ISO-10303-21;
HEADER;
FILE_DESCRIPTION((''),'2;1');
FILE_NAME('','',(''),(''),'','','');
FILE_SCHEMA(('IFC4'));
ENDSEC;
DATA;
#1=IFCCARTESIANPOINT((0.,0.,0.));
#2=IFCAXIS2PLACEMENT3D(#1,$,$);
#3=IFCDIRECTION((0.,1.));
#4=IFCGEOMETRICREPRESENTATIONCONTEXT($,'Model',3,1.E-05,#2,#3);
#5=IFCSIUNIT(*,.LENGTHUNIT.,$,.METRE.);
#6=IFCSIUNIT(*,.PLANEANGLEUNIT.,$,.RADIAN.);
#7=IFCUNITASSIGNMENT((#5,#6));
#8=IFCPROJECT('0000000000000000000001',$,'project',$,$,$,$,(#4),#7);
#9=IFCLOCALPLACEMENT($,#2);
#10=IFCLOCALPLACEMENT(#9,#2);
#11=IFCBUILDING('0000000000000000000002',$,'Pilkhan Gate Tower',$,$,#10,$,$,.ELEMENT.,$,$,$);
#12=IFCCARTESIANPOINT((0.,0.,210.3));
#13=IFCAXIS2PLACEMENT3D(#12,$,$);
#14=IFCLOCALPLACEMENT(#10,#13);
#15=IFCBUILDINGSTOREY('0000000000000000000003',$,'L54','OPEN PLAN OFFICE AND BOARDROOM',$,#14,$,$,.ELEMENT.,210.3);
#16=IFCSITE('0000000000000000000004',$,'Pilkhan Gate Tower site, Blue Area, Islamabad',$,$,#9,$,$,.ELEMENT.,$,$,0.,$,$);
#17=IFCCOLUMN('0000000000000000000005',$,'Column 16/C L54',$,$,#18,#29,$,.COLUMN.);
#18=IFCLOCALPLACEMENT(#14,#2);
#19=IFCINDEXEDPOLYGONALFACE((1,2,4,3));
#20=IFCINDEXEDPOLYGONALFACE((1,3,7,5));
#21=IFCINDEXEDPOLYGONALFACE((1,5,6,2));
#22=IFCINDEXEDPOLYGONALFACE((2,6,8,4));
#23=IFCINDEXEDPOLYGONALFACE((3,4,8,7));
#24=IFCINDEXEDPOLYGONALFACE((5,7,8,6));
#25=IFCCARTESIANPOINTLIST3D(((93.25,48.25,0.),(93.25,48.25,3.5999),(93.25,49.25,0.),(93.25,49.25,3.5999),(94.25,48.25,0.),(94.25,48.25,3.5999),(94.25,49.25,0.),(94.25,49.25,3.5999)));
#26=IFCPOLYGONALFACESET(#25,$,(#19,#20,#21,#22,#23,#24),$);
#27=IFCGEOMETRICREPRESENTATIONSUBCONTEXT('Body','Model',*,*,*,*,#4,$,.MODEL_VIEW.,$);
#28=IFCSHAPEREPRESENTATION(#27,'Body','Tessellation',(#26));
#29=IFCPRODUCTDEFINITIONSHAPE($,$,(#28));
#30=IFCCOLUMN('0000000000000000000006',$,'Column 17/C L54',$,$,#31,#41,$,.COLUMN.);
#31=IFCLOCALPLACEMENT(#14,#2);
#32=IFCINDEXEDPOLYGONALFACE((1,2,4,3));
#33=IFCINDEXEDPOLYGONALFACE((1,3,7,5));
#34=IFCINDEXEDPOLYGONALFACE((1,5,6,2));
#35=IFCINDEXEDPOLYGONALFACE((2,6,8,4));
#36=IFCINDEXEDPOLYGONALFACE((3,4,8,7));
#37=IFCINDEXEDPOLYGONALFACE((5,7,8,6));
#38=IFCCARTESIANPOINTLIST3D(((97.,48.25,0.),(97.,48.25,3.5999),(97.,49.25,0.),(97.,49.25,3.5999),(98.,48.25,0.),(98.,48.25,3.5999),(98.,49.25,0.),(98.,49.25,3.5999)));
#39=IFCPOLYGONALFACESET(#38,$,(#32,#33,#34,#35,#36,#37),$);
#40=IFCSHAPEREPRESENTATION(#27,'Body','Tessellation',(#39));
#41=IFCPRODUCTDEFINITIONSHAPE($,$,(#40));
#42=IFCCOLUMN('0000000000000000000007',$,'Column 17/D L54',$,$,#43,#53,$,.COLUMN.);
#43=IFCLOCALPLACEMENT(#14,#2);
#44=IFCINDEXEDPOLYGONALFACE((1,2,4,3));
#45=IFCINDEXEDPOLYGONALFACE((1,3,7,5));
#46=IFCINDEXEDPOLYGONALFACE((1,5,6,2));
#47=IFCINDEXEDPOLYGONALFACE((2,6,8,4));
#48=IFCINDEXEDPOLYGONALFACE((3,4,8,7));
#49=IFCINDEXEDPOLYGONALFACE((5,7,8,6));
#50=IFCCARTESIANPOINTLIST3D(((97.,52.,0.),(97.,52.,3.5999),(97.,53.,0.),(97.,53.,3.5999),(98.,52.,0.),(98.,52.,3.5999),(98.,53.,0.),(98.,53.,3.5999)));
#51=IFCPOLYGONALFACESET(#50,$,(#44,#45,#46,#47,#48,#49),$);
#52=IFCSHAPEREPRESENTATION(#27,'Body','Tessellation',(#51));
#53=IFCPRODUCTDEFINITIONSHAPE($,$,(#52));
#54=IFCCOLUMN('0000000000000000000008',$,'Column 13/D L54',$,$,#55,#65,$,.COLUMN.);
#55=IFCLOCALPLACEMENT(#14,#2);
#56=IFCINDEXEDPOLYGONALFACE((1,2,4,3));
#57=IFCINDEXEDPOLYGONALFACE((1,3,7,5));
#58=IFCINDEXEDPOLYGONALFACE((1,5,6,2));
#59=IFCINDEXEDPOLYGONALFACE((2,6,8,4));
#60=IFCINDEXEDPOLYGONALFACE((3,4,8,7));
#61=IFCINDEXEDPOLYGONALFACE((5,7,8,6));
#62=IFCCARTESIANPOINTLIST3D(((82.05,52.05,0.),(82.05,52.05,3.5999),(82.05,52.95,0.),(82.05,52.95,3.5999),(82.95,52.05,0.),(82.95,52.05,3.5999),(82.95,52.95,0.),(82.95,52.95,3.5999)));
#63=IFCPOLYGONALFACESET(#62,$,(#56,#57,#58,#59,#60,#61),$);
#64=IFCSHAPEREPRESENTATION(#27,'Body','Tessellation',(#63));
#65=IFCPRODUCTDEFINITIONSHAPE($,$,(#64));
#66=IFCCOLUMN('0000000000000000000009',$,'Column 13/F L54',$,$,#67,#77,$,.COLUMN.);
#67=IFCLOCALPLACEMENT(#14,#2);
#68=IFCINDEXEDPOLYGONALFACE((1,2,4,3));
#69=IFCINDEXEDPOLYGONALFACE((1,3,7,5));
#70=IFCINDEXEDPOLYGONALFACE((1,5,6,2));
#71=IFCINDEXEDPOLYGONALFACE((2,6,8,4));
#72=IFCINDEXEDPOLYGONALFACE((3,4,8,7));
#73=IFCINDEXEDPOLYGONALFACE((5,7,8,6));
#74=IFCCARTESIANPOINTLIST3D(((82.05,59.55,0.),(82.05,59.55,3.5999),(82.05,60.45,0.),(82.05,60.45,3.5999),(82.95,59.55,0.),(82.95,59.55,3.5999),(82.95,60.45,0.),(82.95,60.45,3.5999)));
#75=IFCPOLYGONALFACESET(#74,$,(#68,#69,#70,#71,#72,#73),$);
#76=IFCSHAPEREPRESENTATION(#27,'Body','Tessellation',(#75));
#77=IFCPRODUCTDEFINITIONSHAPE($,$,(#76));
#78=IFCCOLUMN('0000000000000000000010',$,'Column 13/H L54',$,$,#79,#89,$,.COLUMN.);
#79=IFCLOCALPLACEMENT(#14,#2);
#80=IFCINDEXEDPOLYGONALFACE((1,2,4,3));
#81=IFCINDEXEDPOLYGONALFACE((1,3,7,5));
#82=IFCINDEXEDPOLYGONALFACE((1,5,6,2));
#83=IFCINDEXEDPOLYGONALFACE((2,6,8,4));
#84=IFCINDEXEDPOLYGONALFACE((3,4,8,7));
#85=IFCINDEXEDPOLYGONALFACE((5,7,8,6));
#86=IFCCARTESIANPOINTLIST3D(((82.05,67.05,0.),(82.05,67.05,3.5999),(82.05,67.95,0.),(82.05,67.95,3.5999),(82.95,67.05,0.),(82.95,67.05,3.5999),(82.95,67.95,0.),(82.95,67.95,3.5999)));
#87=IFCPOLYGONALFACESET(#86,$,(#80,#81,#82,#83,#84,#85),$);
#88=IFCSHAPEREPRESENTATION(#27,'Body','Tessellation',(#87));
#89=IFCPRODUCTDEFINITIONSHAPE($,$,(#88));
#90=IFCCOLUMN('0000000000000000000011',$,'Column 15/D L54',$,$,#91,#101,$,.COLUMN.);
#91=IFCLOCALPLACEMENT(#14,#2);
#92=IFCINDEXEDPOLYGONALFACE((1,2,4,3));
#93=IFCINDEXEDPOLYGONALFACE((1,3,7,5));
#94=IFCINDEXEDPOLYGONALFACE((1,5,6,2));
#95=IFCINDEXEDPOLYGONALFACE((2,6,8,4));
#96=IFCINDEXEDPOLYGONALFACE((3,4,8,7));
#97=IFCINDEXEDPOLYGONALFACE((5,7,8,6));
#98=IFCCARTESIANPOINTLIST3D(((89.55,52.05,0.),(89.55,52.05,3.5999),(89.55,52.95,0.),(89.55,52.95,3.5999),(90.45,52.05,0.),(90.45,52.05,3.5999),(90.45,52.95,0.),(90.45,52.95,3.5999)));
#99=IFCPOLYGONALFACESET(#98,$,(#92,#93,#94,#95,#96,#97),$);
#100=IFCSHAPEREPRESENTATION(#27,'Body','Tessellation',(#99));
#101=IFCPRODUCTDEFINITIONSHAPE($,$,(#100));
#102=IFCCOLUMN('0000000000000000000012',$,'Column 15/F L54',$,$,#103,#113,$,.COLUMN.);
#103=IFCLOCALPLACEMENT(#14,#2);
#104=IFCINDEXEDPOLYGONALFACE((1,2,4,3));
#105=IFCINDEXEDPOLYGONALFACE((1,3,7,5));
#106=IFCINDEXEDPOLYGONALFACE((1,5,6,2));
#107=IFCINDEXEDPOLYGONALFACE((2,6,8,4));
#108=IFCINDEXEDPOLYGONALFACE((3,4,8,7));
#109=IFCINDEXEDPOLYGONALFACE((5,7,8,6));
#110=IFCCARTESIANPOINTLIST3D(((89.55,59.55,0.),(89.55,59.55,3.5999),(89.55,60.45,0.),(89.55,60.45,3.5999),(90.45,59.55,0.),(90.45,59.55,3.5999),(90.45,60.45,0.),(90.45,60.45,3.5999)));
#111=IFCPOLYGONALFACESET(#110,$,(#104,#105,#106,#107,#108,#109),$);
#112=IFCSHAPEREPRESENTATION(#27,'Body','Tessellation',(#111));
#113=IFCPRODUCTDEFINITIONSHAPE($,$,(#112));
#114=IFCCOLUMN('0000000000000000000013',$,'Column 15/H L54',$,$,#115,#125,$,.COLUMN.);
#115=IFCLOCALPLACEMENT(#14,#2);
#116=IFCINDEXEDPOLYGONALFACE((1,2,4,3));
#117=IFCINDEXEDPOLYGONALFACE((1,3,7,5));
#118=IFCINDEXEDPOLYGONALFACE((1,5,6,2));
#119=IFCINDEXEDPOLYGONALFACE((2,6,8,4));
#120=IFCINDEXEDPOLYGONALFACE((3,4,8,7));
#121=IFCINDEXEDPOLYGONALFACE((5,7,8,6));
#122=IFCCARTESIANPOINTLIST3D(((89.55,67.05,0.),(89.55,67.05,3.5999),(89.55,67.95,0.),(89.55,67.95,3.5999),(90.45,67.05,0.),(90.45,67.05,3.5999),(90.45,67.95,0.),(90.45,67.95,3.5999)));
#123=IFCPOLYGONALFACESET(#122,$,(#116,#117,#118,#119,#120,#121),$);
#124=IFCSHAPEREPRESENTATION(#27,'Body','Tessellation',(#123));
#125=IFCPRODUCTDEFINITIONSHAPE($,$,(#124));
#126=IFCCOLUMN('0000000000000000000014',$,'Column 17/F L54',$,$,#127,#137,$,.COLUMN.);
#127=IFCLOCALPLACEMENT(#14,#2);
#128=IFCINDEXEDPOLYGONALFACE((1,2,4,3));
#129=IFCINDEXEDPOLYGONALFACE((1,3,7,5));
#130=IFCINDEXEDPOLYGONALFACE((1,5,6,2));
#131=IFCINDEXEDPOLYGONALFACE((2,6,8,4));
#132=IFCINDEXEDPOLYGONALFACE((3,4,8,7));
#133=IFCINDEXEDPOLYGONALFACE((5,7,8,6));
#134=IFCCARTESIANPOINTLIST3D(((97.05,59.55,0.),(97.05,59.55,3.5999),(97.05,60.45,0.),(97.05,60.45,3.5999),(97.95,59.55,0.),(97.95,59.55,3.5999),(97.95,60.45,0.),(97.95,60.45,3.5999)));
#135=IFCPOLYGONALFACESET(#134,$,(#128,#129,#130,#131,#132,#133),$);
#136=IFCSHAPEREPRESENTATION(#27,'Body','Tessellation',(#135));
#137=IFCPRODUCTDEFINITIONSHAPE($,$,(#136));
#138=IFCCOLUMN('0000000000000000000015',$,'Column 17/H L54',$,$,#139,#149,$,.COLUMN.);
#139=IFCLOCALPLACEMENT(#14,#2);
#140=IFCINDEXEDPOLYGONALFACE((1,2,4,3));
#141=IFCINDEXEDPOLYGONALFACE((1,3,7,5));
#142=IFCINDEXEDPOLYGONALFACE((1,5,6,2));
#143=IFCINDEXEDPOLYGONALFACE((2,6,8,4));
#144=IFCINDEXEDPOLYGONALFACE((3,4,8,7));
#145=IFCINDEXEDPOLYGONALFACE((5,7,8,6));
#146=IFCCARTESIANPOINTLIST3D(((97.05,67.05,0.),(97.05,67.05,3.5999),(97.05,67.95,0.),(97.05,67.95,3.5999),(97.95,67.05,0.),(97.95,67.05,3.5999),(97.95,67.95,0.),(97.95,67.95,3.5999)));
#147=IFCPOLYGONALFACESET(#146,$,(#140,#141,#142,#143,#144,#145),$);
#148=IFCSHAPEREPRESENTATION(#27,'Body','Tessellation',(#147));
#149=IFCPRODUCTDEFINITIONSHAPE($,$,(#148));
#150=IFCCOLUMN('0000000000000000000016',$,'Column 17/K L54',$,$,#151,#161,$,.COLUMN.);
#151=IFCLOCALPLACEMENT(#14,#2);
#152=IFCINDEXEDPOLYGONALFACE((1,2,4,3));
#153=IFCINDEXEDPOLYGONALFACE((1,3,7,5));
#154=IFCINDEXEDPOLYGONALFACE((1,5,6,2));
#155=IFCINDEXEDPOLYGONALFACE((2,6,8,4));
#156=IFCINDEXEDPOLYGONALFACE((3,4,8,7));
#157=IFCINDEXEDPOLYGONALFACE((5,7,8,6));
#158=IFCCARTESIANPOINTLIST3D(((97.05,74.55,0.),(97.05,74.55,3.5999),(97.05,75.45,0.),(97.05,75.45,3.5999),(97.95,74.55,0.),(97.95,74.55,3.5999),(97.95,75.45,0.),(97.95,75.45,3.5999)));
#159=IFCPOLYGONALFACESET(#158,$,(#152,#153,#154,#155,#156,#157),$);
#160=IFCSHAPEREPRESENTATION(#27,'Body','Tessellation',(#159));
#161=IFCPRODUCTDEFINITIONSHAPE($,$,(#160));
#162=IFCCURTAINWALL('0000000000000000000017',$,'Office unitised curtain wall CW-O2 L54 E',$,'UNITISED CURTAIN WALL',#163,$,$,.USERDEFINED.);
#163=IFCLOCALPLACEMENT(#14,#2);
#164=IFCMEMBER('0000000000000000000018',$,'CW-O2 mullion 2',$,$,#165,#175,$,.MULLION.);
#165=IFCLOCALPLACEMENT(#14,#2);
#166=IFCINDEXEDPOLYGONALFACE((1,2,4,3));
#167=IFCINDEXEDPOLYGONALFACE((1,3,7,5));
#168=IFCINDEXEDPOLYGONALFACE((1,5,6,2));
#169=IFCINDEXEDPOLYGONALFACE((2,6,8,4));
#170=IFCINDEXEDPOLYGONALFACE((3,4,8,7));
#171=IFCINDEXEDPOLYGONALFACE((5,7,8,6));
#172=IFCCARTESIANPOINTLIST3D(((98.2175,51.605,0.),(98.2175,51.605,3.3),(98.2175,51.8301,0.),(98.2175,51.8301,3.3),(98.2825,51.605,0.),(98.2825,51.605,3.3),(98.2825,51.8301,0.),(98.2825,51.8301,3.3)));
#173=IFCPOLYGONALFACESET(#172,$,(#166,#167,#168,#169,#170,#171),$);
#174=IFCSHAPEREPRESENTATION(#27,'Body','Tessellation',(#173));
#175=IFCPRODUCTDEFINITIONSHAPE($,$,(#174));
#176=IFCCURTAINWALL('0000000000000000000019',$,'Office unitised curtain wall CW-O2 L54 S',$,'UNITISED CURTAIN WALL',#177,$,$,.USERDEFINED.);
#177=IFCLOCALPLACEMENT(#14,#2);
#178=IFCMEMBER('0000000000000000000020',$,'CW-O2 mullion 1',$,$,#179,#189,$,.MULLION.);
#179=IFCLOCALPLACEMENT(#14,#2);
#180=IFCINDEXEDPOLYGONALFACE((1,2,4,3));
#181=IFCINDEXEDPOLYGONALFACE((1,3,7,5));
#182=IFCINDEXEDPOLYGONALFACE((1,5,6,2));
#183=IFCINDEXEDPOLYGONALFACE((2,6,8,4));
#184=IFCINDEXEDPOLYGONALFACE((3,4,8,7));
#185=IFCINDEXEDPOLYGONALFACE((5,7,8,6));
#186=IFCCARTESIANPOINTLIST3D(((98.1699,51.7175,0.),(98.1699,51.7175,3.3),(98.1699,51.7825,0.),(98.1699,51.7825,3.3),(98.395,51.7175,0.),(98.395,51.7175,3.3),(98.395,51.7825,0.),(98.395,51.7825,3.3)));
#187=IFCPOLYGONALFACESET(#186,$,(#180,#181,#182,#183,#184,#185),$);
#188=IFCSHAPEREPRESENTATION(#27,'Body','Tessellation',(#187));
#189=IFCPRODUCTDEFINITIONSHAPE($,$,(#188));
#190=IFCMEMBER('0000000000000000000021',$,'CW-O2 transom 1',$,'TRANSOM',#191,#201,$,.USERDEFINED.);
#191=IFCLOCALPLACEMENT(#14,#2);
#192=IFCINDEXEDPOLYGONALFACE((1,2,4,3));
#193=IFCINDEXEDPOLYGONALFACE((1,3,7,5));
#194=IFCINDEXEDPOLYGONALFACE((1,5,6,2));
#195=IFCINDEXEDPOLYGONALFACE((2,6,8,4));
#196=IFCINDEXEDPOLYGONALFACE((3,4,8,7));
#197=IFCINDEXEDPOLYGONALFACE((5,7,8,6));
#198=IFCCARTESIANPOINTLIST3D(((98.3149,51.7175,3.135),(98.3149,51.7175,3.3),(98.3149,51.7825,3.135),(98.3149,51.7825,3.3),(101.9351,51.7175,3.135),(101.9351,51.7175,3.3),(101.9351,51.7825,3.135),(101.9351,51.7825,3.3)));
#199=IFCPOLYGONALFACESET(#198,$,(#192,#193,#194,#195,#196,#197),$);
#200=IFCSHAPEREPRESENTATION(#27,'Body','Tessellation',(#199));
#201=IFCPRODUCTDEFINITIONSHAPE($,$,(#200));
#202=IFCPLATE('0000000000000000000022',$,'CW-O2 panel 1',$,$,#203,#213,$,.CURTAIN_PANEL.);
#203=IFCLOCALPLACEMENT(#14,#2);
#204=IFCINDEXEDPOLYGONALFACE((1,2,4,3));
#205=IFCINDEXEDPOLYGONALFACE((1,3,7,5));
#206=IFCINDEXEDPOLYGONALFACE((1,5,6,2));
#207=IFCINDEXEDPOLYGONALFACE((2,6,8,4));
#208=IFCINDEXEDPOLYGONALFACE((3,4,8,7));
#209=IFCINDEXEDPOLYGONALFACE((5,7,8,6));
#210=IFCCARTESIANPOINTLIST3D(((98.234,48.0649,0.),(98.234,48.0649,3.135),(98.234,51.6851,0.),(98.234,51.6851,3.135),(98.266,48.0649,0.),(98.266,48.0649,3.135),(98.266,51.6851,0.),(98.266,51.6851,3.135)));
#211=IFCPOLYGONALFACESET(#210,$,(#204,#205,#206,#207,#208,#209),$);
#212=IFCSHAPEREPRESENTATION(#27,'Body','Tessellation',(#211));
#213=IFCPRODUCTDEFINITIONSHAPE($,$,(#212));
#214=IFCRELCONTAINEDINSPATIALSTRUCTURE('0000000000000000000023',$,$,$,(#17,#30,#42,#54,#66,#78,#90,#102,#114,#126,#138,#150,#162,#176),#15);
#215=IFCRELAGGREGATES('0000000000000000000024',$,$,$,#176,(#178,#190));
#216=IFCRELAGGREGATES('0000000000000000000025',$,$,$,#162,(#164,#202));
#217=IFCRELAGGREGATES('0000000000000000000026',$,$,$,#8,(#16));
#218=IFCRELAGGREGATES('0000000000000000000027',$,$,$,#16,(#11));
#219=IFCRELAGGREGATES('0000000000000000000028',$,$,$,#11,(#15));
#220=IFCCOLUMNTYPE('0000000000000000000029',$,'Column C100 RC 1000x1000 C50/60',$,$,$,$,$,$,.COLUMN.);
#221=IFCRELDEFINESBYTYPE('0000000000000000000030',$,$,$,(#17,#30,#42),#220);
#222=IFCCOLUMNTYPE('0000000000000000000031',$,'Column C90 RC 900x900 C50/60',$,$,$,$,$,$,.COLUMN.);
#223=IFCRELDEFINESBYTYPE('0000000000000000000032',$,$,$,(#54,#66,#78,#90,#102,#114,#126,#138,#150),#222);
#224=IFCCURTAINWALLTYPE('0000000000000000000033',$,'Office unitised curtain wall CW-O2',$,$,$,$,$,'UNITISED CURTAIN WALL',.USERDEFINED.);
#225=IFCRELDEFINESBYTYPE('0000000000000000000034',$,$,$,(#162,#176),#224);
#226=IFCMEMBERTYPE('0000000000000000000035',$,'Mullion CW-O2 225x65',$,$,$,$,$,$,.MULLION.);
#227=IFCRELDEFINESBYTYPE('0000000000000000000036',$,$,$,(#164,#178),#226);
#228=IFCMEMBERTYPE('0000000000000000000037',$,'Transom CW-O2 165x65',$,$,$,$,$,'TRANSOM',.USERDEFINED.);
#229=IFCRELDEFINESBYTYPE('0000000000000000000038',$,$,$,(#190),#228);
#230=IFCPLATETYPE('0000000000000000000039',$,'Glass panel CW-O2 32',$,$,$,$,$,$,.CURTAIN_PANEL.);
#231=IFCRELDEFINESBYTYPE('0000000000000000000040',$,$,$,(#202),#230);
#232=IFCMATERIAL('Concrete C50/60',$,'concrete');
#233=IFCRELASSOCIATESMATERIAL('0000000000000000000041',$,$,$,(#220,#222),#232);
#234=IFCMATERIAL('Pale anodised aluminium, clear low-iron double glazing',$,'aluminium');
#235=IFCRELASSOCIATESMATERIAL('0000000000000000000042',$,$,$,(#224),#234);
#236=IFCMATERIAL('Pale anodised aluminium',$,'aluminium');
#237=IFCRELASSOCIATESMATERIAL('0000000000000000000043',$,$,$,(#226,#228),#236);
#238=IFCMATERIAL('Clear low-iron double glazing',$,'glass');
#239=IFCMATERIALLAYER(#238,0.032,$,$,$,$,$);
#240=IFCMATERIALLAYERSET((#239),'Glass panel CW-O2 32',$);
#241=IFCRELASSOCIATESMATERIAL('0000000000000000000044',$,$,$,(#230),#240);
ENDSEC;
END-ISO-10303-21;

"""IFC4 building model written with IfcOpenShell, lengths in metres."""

from ifc_helpers import new_model, si_unit, direction, frame, origin, origin_2d, place, context, subcontext, project, spatial, rectangle, extrude, material, layer, layer_set, material_profile, profile_set, type_object, element, aggregate, save


model = new_model("IFC4")

# Units and contexts
model_context = context("Model", 3, precision=1e-05, world=origin(), true_north=direction((0.0, 1.0)))
body_context = subcontext(model_context, "Body", "Model", "MODEL_VIEW")
ifc_project = project(units=[si_unit("LENGTHUNIT", "METRE"), si_unit("PLANEANGLEUNIT", "RADIAN")], contexts=[model_context])

# Site, building, storey
site_placement = place(None, origin())
site = spatial("IfcSite", under=ifc_project, at=site_placement, Name="Pilkhan Gate Tower site, Blue Area, Islamabad", CompositionType="ELEMENT", RefElevation=0.0)
building_placement = place(site_placement, origin())
building = spatial("IfcBuilding", under=site, at=building_placement, Name="Pilkhan Gate Tower", CompositionType="ELEMENT")
storey_placement = place(building_placement, frame((0.0, 0.0, 210.3)))
storey = spatial("IfcBuildingStorey", under=building, at=storey_placement, Name="L54", Description="OPEN PLAN OFFICE AND BOARDROOM", CompositionType="ELEMENT", Elevation=210.3)

# Columns
ifc_material_1 = material(Name="Concrete C50/60", Category="concrete")
ifc_material_profile_1 = material_profile(ifc_material_1, rectangle(XDim=1.0, YDim=1.0, at=origin_2d()), Name="RC 1000x1000")
ifc_profile_set_1 = profile_set([ifc_material_profile_1], Name="Concrete C50/60")
column_type_1 = type_object("IfcColumnType", Name="Column C100 RC 1000x1000 C50/60", PredefinedType="COLUMN", material=ifc_profile_set_1)
for number, where, z_axis, x_axis, name in (
    (1, (93.75, 48.75, 0.0), (0.0, 0.0, 1.0), (1.0, 0.0, 0.0), "Column 16/C L54"),
    (2, (97.5, 48.75, 0.0), (0.0, 0.0, 1.0), (1.0, 0.0, 0.0), "Column 17/C L54"),
    (3, (97.5, 52.5, 0.0), (0.0, 0.0, 1.0), (1.0, 0.0, 0.0), "Column 17/D L54"),
):
    element("IfcColumn", number, at=place(storey_placement, frame(where, z_axis=z_axis, x_axis=x_axis)), inside=storey, type_object=column_type_1, Name=name, PredefinedType="COLUMN", context=body_context, shape_type="SweptSolid", body=[
        extrude(rectangle(XDim=1.0, YDim=1.0, at=origin_2d()), origin(), (0.0, 0.0, 1.0), 3.5999),
    ])
ifc_material_profile_2 = material_profile(ifc_material_1, rectangle(XDim=0.8999, YDim=0.8999, at=origin_2d()), Name="RC 900x900")
ifc_profile_set_2 = profile_set([ifc_material_profile_2], Name="Concrete C50/60")
column_type_2 = type_object("IfcColumnType", Name="Column C90 RC 900x900 C50/60", PredefinedType="COLUMN", material=ifc_profile_set_2)
for number, where, z_axis, x_axis, name in (
    (4, (82.5, 52.5, 0.0), (0.0, 0.0, 1.0), (1.0, 0.0, 0.0), "Column 13/D L54"),
    (5, (82.5, 60.0, 0.0), (0.0, 0.0, 1.0), (1.0, 0.0, 0.0), "Column 13/F L54"),
    (6, (82.5, 67.5, 0.0), (0.0, 0.0, 1.0), (1.0, 0.0, 0.0), "Column 13/H L54"),
    (7, (90.0, 52.5, 0.0), (0.0, 0.0, 1.0), (1.0, 0.0, 0.0), "Column 15/D L54"),
    (8, (90.0, 60.0, 0.0), (0.0, 0.0, 1.0), (1.0, 0.0, 0.0), "Column 15/F L54"),
    (9, (90.0, 67.5, 0.0), (0.0, 0.0, 1.0), (1.0, 0.0, 0.0), "Column 15/H L54"),
    (10, (97.5, 60.0, 0.0), (0.0, 0.0, 1.0), (1.0, 0.0, 0.0), "Column 17/F L54"),
    (11, (97.5, 67.5, 0.0), (0.0, 0.0, 1.0), (1.0, 0.0, 0.0), "Column 17/H L54"),
    (12, (97.5, 75.0, 0.0), (0.0, 0.0, 1.0), (1.0, 0.0, 0.0), "Column 17/K L54"),
):
    element("IfcColumn", number, at=place(storey_placement, frame(where, z_axis=z_axis, x_axis=x_axis)), inside=storey, type_object=column_type_2, Name=name, PredefinedType="COLUMN", context=body_context, shape_type="SweptSolid", body=[
        extrude(rectangle(XDim=0.8999, YDim=0.8999, at=origin_2d()), origin(), (0.0, 0.0, 1.0), 3.5999),
    ])

# Curtain wall, member
ifc_material_2 = material(Name="Pale anodised aluminium, clear low-iron double glazing", Category="aluminium")
curtain_wall_type = type_object("IfcCurtainWallType", Name="Office unitised curtain wall CW-O2", ElementType="UNITISED CURTAIN WALL", PredefinedType="USERDEFINED", material=ifc_material_2)
curtain_wall_1_placement = place(storey_placement, origin())
curtain_wall_1 = element("IfcCurtainWall", 13, at=curtain_wall_1_placement, inside=storey, type_object=curtain_wall_type, Name="Office unitised curtain wall CW-O2 L54 E", ObjectType="UNITISED CURTAIN WALL", PredefinedType="USERDEFINED")
ifc_material_3 = material(Name="Pale anodised aluminium", Category="aluminium")
ifc_material_profile_3 = material_profile(ifc_material_3, rectangle(XDim=0.0649, YDim=0.2251, at=origin_2d()), Name="Mullion 225x65")
ifc_profile_set_3 = profile_set([ifc_material_profile_3], Name="Pale anodised aluminium")
member_type_1 = type_object("IfcMemberType", Name="Mullion CW-O2 225x65", PredefinedType="MULLION", material=ifc_profile_set_3)
member_1_placement = place(storey_placement, frame((98.25, 51.7175, 0.0), z_axis=(0.0, 0.0, 1.0), x_axis=(-1.0, 0.0, 0.0)))
member_1 = element("IfcMember", 14, at=member_1_placement, type_object=member_type_1, Name="CW-O2 mullion 2", PredefinedType="MULLION", context=body_context, shape_type="SweptSolid", body=[
    extrude(rectangle(XDim=0.0649, YDim=0.2251, at=origin_2d()), origin(), (0.0, 0.0, 1.0), 3.3),
])

# Curtain wall, members
curtain_wall_2_placement = place(storey_placement, origin())
curtain_wall_2 = element("IfcCurtainWall", 15, at=curtain_wall_2_placement, inside=storey, type_object=curtain_wall_type, Name="Office unitised curtain wall CW-O2 L54 S", ObjectType="UNITISED CURTAIN WALL", PredefinedType="USERDEFINED")
member_2_placement = place(storey_placement, frame((98.2825, 51.75, 0.0), z_axis=(0.0, 0.0, 1.0), x_axis=(0.0, 1.0, 0.0)))
member_2 = element("IfcMember", 16, at=member_2_placement, type_object=member_type_1, Name="CW-O2 mullion 1", PredefinedType="MULLION", context=body_context, shape_type="SweptSolid", body=[
    extrude(rectangle(XDim=0.0649, YDim=0.2251, at=origin_2d()), origin(), (0.0, 0.0, 1.0), 3.3),
])
ifc_material_profile_4 = material_profile(ifc_material_3, rectangle(XDim=0.0649, YDim=0.165, at=origin_2d()), Name="Transom 165x65")
ifc_profile_set_4 = profile_set([ifc_material_profile_4], Name="Pale anodised aluminium")
member_type_2 = type_object("IfcMemberType", Name="Transom CW-O2 165x65", ElementType="TRANSOM", PredefinedType="USERDEFINED", material=ifc_profile_set_4)
member_3_placement = place(storey_placement, frame((98.3149, 51.75, 3.2175), z_axis=(1.0, 0.0, 0.0), x_axis=(0.0, 1.0, 0.0)))
member_3 = element("IfcMember", 17, at=member_3_placement, type_object=member_type_2, Name="CW-O2 transom 1", ObjectType="TRANSOM", PredefinedType="USERDEFINED", context=body_context, shape_type="SweptSolid", body=[
    extrude(rectangle(XDim=0.0649, YDim=0.165, at=origin_2d()), origin(), (0.0, 0.0, 1.0), 3.6201),
])
aggregate(curtain_wall_2, [member_2, member_3])

# Plate
ifc_material_4 = material(Name="Clear low-iron double glazing", Category="glass")
ifc_layer_1 = layer(ifc_material_4, 0.032)
ifc_layer_set_1 = layer_set([ifc_layer_1], Name="Glass panel CW-O2 32")
plate_type = type_object("IfcPlateType", Name="Glass panel CW-O2 32", PredefinedType="CURTAIN_PANEL", material=ifc_layer_set_1)
plate_placement = place(storey_placement, frame((98.25, 49.875, 0.0), z_axis=(0.0, 0.0, 1.0), x_axis=(0.0, 1.0, 0.0)))
plate = element("IfcPlate", 18, at=plate_placement, type_object=plate_type, Name="CW-O2 panel 1", PredefinedType="CURTAIN_PANEL", context=body_context, shape_type="SweptSolid", body=[
    extrude(rectangle(XDim=3.6201, YDim=0.032, at=origin_2d()), origin(), (0.0, 0.0, 1.0), 3.135),
])
aggregate(curtain_wall_1, [member_1, plate])

save(model, "model.ifc")
